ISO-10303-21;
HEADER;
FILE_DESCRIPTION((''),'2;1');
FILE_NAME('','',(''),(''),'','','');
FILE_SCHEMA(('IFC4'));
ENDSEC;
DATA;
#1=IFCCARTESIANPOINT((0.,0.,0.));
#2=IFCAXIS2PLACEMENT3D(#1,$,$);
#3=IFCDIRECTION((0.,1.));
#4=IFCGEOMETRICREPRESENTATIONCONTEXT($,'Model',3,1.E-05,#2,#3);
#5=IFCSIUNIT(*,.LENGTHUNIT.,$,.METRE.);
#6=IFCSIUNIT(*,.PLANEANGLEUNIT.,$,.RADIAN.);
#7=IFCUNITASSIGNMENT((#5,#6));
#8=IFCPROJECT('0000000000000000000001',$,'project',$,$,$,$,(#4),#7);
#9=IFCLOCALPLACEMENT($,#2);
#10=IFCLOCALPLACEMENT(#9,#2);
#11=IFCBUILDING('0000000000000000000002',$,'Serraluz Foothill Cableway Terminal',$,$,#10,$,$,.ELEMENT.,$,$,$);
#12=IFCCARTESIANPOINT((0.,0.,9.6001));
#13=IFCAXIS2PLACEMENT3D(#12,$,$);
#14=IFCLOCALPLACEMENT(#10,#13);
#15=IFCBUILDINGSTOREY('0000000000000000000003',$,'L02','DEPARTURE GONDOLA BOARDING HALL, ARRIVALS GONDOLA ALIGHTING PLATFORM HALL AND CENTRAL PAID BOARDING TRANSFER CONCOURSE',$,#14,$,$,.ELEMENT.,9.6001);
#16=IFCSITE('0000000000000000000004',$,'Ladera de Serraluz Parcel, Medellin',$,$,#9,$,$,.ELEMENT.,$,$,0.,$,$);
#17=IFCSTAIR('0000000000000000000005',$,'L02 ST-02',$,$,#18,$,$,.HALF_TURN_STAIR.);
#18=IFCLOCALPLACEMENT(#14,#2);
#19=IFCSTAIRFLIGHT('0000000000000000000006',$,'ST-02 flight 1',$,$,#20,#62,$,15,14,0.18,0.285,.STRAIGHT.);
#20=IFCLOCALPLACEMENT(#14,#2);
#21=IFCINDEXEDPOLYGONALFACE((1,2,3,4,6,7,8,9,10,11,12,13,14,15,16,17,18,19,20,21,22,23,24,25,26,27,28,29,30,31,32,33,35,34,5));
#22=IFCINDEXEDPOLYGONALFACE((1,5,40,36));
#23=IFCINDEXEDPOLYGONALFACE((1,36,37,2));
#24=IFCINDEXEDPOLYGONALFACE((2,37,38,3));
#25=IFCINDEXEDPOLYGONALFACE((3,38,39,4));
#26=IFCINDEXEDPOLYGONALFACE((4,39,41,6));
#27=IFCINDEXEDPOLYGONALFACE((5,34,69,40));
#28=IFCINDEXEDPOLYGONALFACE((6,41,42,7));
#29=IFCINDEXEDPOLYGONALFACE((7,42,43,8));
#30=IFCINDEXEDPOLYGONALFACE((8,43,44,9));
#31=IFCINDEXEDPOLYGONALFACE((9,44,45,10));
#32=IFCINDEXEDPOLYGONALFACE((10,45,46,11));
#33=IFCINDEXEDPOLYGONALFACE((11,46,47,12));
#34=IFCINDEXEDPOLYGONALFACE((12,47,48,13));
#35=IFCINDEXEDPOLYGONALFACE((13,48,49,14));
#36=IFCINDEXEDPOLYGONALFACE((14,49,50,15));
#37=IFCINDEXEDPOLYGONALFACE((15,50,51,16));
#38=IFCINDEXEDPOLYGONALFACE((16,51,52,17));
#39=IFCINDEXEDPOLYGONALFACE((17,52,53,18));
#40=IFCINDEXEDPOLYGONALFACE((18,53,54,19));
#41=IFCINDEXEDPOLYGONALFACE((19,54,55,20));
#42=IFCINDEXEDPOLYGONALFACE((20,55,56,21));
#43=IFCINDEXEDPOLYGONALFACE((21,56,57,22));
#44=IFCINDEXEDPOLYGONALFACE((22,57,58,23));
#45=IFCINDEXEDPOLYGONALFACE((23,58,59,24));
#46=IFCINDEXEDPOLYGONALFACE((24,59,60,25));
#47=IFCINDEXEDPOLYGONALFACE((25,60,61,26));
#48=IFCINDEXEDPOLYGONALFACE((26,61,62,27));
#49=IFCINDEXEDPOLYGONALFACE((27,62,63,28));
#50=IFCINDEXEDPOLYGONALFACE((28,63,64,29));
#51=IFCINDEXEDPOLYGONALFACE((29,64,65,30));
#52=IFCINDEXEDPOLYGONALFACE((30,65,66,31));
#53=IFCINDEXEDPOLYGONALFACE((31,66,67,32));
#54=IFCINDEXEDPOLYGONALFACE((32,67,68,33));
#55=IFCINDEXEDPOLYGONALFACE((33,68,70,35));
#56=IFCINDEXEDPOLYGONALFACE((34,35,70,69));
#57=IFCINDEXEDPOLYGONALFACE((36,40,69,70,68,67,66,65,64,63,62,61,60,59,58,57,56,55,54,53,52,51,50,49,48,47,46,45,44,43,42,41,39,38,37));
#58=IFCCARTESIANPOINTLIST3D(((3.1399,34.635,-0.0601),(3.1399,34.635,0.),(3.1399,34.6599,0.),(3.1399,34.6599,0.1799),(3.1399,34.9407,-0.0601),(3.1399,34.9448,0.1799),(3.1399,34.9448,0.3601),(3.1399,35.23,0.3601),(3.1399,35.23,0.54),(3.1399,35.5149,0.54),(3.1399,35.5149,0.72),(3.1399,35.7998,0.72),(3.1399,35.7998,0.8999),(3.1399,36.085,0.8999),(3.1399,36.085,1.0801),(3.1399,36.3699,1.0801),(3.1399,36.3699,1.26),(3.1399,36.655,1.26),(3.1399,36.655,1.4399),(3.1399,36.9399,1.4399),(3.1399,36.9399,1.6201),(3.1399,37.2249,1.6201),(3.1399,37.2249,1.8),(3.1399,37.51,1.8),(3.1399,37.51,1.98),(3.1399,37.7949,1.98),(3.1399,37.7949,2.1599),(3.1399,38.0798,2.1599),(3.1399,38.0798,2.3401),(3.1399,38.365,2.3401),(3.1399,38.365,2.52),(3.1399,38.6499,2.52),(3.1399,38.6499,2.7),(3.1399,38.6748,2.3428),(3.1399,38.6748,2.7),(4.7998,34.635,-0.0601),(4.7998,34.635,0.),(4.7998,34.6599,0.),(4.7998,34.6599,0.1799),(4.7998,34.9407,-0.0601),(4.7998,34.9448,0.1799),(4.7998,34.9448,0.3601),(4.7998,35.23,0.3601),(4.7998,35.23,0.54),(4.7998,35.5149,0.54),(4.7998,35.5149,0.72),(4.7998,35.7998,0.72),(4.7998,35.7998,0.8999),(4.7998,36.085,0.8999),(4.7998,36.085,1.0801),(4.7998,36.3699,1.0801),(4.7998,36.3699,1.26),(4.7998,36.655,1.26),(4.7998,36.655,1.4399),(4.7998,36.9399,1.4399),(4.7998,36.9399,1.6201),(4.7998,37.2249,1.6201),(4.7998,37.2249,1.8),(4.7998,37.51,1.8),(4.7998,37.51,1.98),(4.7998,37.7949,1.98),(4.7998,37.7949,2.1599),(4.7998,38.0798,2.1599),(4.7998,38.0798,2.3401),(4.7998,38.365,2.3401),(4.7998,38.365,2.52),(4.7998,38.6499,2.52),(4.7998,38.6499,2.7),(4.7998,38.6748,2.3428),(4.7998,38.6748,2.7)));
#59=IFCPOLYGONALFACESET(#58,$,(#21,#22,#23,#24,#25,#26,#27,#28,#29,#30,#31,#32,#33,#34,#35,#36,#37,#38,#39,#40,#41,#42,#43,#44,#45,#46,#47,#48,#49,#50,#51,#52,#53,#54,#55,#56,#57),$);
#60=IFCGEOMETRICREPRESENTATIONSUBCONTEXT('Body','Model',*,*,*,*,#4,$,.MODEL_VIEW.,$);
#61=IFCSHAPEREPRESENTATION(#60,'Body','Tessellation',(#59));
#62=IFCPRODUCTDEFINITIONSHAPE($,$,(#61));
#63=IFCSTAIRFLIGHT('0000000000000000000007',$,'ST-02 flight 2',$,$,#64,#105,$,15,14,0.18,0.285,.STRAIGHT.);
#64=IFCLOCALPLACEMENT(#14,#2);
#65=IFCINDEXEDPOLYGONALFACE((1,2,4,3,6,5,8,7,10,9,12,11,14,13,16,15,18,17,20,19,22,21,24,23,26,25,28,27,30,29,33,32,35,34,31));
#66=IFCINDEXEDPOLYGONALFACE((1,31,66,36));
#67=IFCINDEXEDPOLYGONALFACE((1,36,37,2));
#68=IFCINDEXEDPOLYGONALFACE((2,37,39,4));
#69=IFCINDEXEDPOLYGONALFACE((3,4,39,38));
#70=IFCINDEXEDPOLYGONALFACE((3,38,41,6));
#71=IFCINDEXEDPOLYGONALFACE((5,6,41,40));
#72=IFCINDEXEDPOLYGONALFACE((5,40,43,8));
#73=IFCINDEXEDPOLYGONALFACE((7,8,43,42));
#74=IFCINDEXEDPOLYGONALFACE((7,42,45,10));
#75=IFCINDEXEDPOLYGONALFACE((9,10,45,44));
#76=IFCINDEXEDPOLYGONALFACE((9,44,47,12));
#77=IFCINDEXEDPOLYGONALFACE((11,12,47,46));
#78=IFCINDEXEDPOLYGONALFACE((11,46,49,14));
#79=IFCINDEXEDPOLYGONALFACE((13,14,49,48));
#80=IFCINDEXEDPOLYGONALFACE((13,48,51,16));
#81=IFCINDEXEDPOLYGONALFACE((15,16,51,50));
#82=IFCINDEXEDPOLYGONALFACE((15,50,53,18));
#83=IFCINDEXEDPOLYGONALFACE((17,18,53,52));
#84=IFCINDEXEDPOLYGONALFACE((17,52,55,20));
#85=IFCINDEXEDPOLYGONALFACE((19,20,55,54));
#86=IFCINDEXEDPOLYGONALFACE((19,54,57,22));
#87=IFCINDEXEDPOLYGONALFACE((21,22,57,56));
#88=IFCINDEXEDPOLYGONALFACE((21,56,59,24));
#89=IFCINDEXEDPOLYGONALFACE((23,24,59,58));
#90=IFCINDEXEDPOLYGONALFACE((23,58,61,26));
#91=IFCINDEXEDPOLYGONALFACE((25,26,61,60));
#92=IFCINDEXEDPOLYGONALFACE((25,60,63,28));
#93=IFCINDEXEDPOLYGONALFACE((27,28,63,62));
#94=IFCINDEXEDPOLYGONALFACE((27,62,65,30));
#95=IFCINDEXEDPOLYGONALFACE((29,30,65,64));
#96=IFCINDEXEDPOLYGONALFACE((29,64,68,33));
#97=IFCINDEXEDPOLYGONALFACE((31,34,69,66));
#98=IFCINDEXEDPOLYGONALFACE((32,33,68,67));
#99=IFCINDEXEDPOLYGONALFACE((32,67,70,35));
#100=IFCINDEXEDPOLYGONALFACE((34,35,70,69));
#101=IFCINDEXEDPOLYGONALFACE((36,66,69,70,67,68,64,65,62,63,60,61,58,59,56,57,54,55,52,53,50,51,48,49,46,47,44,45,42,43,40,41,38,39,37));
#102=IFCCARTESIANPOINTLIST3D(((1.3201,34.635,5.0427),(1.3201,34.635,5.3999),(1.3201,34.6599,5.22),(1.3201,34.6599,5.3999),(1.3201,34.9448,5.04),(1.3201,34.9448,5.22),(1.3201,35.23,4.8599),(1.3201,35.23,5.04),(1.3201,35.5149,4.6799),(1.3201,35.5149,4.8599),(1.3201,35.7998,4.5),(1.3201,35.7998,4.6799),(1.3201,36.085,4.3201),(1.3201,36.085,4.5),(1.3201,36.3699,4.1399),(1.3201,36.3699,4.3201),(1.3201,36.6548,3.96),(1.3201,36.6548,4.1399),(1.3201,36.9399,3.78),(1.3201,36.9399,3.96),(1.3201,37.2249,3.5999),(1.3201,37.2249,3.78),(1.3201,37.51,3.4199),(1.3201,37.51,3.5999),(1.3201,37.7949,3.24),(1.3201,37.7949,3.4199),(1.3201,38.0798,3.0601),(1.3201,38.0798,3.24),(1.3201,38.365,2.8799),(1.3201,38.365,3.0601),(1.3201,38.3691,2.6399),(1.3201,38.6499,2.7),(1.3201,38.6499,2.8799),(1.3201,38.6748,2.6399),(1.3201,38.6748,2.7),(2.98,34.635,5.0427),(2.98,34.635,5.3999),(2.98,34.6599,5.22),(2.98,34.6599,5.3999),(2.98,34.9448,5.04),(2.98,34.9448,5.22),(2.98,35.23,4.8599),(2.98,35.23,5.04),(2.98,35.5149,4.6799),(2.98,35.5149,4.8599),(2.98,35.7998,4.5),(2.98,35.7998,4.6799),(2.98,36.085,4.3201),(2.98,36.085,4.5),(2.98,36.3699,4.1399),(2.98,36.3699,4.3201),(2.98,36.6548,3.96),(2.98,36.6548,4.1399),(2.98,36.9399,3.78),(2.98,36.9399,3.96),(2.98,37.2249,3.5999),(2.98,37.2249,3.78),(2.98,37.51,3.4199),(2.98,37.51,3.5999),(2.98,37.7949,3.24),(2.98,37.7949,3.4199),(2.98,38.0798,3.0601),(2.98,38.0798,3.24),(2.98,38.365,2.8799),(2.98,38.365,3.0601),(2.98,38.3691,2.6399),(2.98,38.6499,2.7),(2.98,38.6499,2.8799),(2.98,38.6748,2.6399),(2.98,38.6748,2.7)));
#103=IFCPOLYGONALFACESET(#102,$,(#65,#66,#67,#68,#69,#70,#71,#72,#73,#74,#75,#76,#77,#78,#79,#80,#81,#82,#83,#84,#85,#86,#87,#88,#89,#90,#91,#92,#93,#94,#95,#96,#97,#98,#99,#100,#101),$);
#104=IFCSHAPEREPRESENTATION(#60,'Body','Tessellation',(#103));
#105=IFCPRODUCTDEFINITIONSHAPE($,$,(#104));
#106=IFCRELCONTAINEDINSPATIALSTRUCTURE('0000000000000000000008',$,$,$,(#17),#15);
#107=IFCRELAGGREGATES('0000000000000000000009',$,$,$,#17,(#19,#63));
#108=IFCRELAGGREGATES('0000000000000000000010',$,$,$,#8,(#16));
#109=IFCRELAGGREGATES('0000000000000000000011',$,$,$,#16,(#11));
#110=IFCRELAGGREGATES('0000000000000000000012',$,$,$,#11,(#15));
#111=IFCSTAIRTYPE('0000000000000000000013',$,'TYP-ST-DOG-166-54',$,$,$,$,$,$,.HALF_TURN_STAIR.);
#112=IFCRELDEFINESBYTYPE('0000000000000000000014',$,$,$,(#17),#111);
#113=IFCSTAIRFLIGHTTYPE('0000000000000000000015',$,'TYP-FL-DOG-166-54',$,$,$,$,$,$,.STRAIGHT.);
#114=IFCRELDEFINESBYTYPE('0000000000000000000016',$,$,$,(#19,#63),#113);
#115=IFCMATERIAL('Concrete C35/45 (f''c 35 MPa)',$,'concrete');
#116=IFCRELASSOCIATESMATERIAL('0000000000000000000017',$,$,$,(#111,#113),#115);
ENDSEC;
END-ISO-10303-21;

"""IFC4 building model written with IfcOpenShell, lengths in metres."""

from ifc_helpers import new_model, si_unit, direction, frame, origin, place, context, subcontext, project, spatial, polyline, outline, extrude, material, type_object, element, aggregate, save


model = new_model("IFC4")

# Units and contexts
model_context = context("Model", 3, precision=1e-05, world=origin(), true_north=direction((0.0, 1.0)))
body_context = subcontext(model_context, "Body", "Model", "MODEL_VIEW")
ifc_project = project(units=[si_unit("LENGTHUNIT", "METRE"), si_unit("PLANEANGLEUNIT", "RADIAN")], contexts=[model_context])

# Site, building, storey
site_placement = place(None, origin())
site = spatial("IfcSite", under=ifc_project, at=site_placement, Name="Ladera de Serraluz Parcel, Medellin", CompositionType="ELEMENT", RefElevation=0.0)
building_placement = place(site_placement, origin())
building = spatial("IfcBuilding", under=site, at=building_placement, Name="Serraluz Foothill Cableway Terminal", CompositionType="ELEMENT")
storey_placement = place(building_placement, frame((0.0, 0.0, 9.6001)))
storey = spatial("IfcBuildingStorey", under=building, at=storey_placement, Name="L02", Description="DEPARTURE GONDOLA BOARDING HALL, ARRIVALS GONDOLA ALIGHTING PLATFORM HALL AND CENTRAL PAID BOARDING TRANSFER CONCOURSE", CompositionType="ELEMENT", Elevation=9.6001)

# Shared definitions
ifc_material_1 = material(Name="Concrete C35/45 (f'c 35 MPa)", Category="concrete")

# Stair, stair flights
stair_type = type_object("IfcStairType", Name="TYP-ST-DOG-166-54", PredefinedType="HALF_TURN_STAIR", material=ifc_material_1)
stair_placement = place(storey_placement, origin())
stair = element("IfcStair", 1, at=stair_placement, inside=storey, type_object=stair_type, Name="L02 ST-02", PredefinedType="HALF_TURN_STAIR")
stair_flight_type = type_object("IfcStairFlightType", Name="TYP-FL-DOG-166-54", PredefinedType="STRAIGHT", material=ifc_material_1)
stair_flight_1_placement = place(storey_placement, frame((3.97, 34.6599, 0.0), z_axis=(0.0, 0.0, 1.0), x_axis=(0.0, 1.0, 0.0)))
stair_flight_1 = element("IfcStairFlight", 2, at=stair_flight_1_placement, type_object=stair_flight_type, Name="ST-02 flight 1", NumberOfRisers=15, NumberOfTreads=14, PredefinedType="STRAIGHT", RiserHeight=0.18, TreadLength=0.285, context=body_context, shape_type="SweptSolid", body=[
    extrude(outline(polyline([(-0.0249, -0.0601), (-0.0249, 0.0), (0.0, 0.0), (0.0, 0.1799), (0.2849, 0.1799), (0.2849, 0.3601), (0.5701, 0.3601), (0.5701, 0.54), (0.855, 0.54), (0.855, 0.72), (1.1399, 0.72), (1.1399, 0.8999), (1.425, 0.8999), (1.425, 1.0801), (1.71, 1.0801), (1.71, 1.26), (1.9951, 1.26), (1.9951, 1.4399), (2.28, 1.4399), (2.28, 1.6201), (2.5649, 1.6201), (2.5649, 1.8), (2.8501, 1.8), (2.8501, 1.98), (3.135, 1.98), (3.135, 2.1599), (3.4199, 2.1599), (3.4199, 2.3401), (3.7051, 2.3401), (3.7051, 2.52), (3.99, 2.52), (3.99, 2.7), (4.0149, 2.7), (4.0149, 2.3428), (0.2808, -0.0601), (-0.0249, -0.0601)])), frame((0.0, 0.8301, 0.0), z_axis=(0.0, -1.0, 0.0), x_axis=(1.0, 0.0, 0.0)), (0.0, 0.0, 1.0), 1.6599),
])
stair_flight_2_placement = place(storey_placement, frame((2.1499, 38.6499, 2.7), z_axis=(0.0, 0.0, 1.0), x_axis=(0.0, -1.0, 0.0)))
stair_flight_2 = element("IfcStairFlight", 3, at=stair_flight_2_placement, type_object=stair_flight_type, Name="ST-02 flight 2", NumberOfRisers=15, NumberOfTreads=14, PredefinedType="STRAIGHT", RiserHeight=0.18, TreadLength=0.285, context=body_context, shape_type="SweptSolid", body=[
    extrude(outline(polyline([(-0.0249, -0.0601), (-0.0249, 0.0), (0.0, 0.0), (0.0, 0.1799), (0.2849, 0.1799), (0.2849, 0.3601), (0.5701, 0.3601), (0.5701, 0.54), (0.855, 0.54), (0.855, 0.72), (1.1399, 0.72), (1.1399, 0.8999), (1.425, 0.8999), (1.425, 1.0801), (1.71, 1.0801), (1.71, 1.26), (1.9951, 1.26), (1.9951, 1.4399), (2.28, 1.4399), (2.28, 1.6201), (2.5649, 1.6201), (2.5649, 1.8), (2.8501, 1.8), (2.8501, 1.98), (3.135, 1.98), (3.135, 2.1599), (3.4199, 2.1599), (3.4199, 2.3401), (3.7051, 2.3401), (3.7051, 2.52), (3.99, 2.52), (3.99, 2.7), (4.0149, 2.7), (4.0149, 2.3428), (0.2808, -0.0601), (-0.0249, -0.0601)])), frame((0.0, 0.8301, 0.0), z_axis=(0.0, -1.0, 0.0), x_axis=(1.0, 0.0, 0.0)), (0.0, 0.0, 1.0), 1.6599),
])
aggregate(stair, [stair_flight_1, stair_flight_2])

save(model, "model.ifc")
